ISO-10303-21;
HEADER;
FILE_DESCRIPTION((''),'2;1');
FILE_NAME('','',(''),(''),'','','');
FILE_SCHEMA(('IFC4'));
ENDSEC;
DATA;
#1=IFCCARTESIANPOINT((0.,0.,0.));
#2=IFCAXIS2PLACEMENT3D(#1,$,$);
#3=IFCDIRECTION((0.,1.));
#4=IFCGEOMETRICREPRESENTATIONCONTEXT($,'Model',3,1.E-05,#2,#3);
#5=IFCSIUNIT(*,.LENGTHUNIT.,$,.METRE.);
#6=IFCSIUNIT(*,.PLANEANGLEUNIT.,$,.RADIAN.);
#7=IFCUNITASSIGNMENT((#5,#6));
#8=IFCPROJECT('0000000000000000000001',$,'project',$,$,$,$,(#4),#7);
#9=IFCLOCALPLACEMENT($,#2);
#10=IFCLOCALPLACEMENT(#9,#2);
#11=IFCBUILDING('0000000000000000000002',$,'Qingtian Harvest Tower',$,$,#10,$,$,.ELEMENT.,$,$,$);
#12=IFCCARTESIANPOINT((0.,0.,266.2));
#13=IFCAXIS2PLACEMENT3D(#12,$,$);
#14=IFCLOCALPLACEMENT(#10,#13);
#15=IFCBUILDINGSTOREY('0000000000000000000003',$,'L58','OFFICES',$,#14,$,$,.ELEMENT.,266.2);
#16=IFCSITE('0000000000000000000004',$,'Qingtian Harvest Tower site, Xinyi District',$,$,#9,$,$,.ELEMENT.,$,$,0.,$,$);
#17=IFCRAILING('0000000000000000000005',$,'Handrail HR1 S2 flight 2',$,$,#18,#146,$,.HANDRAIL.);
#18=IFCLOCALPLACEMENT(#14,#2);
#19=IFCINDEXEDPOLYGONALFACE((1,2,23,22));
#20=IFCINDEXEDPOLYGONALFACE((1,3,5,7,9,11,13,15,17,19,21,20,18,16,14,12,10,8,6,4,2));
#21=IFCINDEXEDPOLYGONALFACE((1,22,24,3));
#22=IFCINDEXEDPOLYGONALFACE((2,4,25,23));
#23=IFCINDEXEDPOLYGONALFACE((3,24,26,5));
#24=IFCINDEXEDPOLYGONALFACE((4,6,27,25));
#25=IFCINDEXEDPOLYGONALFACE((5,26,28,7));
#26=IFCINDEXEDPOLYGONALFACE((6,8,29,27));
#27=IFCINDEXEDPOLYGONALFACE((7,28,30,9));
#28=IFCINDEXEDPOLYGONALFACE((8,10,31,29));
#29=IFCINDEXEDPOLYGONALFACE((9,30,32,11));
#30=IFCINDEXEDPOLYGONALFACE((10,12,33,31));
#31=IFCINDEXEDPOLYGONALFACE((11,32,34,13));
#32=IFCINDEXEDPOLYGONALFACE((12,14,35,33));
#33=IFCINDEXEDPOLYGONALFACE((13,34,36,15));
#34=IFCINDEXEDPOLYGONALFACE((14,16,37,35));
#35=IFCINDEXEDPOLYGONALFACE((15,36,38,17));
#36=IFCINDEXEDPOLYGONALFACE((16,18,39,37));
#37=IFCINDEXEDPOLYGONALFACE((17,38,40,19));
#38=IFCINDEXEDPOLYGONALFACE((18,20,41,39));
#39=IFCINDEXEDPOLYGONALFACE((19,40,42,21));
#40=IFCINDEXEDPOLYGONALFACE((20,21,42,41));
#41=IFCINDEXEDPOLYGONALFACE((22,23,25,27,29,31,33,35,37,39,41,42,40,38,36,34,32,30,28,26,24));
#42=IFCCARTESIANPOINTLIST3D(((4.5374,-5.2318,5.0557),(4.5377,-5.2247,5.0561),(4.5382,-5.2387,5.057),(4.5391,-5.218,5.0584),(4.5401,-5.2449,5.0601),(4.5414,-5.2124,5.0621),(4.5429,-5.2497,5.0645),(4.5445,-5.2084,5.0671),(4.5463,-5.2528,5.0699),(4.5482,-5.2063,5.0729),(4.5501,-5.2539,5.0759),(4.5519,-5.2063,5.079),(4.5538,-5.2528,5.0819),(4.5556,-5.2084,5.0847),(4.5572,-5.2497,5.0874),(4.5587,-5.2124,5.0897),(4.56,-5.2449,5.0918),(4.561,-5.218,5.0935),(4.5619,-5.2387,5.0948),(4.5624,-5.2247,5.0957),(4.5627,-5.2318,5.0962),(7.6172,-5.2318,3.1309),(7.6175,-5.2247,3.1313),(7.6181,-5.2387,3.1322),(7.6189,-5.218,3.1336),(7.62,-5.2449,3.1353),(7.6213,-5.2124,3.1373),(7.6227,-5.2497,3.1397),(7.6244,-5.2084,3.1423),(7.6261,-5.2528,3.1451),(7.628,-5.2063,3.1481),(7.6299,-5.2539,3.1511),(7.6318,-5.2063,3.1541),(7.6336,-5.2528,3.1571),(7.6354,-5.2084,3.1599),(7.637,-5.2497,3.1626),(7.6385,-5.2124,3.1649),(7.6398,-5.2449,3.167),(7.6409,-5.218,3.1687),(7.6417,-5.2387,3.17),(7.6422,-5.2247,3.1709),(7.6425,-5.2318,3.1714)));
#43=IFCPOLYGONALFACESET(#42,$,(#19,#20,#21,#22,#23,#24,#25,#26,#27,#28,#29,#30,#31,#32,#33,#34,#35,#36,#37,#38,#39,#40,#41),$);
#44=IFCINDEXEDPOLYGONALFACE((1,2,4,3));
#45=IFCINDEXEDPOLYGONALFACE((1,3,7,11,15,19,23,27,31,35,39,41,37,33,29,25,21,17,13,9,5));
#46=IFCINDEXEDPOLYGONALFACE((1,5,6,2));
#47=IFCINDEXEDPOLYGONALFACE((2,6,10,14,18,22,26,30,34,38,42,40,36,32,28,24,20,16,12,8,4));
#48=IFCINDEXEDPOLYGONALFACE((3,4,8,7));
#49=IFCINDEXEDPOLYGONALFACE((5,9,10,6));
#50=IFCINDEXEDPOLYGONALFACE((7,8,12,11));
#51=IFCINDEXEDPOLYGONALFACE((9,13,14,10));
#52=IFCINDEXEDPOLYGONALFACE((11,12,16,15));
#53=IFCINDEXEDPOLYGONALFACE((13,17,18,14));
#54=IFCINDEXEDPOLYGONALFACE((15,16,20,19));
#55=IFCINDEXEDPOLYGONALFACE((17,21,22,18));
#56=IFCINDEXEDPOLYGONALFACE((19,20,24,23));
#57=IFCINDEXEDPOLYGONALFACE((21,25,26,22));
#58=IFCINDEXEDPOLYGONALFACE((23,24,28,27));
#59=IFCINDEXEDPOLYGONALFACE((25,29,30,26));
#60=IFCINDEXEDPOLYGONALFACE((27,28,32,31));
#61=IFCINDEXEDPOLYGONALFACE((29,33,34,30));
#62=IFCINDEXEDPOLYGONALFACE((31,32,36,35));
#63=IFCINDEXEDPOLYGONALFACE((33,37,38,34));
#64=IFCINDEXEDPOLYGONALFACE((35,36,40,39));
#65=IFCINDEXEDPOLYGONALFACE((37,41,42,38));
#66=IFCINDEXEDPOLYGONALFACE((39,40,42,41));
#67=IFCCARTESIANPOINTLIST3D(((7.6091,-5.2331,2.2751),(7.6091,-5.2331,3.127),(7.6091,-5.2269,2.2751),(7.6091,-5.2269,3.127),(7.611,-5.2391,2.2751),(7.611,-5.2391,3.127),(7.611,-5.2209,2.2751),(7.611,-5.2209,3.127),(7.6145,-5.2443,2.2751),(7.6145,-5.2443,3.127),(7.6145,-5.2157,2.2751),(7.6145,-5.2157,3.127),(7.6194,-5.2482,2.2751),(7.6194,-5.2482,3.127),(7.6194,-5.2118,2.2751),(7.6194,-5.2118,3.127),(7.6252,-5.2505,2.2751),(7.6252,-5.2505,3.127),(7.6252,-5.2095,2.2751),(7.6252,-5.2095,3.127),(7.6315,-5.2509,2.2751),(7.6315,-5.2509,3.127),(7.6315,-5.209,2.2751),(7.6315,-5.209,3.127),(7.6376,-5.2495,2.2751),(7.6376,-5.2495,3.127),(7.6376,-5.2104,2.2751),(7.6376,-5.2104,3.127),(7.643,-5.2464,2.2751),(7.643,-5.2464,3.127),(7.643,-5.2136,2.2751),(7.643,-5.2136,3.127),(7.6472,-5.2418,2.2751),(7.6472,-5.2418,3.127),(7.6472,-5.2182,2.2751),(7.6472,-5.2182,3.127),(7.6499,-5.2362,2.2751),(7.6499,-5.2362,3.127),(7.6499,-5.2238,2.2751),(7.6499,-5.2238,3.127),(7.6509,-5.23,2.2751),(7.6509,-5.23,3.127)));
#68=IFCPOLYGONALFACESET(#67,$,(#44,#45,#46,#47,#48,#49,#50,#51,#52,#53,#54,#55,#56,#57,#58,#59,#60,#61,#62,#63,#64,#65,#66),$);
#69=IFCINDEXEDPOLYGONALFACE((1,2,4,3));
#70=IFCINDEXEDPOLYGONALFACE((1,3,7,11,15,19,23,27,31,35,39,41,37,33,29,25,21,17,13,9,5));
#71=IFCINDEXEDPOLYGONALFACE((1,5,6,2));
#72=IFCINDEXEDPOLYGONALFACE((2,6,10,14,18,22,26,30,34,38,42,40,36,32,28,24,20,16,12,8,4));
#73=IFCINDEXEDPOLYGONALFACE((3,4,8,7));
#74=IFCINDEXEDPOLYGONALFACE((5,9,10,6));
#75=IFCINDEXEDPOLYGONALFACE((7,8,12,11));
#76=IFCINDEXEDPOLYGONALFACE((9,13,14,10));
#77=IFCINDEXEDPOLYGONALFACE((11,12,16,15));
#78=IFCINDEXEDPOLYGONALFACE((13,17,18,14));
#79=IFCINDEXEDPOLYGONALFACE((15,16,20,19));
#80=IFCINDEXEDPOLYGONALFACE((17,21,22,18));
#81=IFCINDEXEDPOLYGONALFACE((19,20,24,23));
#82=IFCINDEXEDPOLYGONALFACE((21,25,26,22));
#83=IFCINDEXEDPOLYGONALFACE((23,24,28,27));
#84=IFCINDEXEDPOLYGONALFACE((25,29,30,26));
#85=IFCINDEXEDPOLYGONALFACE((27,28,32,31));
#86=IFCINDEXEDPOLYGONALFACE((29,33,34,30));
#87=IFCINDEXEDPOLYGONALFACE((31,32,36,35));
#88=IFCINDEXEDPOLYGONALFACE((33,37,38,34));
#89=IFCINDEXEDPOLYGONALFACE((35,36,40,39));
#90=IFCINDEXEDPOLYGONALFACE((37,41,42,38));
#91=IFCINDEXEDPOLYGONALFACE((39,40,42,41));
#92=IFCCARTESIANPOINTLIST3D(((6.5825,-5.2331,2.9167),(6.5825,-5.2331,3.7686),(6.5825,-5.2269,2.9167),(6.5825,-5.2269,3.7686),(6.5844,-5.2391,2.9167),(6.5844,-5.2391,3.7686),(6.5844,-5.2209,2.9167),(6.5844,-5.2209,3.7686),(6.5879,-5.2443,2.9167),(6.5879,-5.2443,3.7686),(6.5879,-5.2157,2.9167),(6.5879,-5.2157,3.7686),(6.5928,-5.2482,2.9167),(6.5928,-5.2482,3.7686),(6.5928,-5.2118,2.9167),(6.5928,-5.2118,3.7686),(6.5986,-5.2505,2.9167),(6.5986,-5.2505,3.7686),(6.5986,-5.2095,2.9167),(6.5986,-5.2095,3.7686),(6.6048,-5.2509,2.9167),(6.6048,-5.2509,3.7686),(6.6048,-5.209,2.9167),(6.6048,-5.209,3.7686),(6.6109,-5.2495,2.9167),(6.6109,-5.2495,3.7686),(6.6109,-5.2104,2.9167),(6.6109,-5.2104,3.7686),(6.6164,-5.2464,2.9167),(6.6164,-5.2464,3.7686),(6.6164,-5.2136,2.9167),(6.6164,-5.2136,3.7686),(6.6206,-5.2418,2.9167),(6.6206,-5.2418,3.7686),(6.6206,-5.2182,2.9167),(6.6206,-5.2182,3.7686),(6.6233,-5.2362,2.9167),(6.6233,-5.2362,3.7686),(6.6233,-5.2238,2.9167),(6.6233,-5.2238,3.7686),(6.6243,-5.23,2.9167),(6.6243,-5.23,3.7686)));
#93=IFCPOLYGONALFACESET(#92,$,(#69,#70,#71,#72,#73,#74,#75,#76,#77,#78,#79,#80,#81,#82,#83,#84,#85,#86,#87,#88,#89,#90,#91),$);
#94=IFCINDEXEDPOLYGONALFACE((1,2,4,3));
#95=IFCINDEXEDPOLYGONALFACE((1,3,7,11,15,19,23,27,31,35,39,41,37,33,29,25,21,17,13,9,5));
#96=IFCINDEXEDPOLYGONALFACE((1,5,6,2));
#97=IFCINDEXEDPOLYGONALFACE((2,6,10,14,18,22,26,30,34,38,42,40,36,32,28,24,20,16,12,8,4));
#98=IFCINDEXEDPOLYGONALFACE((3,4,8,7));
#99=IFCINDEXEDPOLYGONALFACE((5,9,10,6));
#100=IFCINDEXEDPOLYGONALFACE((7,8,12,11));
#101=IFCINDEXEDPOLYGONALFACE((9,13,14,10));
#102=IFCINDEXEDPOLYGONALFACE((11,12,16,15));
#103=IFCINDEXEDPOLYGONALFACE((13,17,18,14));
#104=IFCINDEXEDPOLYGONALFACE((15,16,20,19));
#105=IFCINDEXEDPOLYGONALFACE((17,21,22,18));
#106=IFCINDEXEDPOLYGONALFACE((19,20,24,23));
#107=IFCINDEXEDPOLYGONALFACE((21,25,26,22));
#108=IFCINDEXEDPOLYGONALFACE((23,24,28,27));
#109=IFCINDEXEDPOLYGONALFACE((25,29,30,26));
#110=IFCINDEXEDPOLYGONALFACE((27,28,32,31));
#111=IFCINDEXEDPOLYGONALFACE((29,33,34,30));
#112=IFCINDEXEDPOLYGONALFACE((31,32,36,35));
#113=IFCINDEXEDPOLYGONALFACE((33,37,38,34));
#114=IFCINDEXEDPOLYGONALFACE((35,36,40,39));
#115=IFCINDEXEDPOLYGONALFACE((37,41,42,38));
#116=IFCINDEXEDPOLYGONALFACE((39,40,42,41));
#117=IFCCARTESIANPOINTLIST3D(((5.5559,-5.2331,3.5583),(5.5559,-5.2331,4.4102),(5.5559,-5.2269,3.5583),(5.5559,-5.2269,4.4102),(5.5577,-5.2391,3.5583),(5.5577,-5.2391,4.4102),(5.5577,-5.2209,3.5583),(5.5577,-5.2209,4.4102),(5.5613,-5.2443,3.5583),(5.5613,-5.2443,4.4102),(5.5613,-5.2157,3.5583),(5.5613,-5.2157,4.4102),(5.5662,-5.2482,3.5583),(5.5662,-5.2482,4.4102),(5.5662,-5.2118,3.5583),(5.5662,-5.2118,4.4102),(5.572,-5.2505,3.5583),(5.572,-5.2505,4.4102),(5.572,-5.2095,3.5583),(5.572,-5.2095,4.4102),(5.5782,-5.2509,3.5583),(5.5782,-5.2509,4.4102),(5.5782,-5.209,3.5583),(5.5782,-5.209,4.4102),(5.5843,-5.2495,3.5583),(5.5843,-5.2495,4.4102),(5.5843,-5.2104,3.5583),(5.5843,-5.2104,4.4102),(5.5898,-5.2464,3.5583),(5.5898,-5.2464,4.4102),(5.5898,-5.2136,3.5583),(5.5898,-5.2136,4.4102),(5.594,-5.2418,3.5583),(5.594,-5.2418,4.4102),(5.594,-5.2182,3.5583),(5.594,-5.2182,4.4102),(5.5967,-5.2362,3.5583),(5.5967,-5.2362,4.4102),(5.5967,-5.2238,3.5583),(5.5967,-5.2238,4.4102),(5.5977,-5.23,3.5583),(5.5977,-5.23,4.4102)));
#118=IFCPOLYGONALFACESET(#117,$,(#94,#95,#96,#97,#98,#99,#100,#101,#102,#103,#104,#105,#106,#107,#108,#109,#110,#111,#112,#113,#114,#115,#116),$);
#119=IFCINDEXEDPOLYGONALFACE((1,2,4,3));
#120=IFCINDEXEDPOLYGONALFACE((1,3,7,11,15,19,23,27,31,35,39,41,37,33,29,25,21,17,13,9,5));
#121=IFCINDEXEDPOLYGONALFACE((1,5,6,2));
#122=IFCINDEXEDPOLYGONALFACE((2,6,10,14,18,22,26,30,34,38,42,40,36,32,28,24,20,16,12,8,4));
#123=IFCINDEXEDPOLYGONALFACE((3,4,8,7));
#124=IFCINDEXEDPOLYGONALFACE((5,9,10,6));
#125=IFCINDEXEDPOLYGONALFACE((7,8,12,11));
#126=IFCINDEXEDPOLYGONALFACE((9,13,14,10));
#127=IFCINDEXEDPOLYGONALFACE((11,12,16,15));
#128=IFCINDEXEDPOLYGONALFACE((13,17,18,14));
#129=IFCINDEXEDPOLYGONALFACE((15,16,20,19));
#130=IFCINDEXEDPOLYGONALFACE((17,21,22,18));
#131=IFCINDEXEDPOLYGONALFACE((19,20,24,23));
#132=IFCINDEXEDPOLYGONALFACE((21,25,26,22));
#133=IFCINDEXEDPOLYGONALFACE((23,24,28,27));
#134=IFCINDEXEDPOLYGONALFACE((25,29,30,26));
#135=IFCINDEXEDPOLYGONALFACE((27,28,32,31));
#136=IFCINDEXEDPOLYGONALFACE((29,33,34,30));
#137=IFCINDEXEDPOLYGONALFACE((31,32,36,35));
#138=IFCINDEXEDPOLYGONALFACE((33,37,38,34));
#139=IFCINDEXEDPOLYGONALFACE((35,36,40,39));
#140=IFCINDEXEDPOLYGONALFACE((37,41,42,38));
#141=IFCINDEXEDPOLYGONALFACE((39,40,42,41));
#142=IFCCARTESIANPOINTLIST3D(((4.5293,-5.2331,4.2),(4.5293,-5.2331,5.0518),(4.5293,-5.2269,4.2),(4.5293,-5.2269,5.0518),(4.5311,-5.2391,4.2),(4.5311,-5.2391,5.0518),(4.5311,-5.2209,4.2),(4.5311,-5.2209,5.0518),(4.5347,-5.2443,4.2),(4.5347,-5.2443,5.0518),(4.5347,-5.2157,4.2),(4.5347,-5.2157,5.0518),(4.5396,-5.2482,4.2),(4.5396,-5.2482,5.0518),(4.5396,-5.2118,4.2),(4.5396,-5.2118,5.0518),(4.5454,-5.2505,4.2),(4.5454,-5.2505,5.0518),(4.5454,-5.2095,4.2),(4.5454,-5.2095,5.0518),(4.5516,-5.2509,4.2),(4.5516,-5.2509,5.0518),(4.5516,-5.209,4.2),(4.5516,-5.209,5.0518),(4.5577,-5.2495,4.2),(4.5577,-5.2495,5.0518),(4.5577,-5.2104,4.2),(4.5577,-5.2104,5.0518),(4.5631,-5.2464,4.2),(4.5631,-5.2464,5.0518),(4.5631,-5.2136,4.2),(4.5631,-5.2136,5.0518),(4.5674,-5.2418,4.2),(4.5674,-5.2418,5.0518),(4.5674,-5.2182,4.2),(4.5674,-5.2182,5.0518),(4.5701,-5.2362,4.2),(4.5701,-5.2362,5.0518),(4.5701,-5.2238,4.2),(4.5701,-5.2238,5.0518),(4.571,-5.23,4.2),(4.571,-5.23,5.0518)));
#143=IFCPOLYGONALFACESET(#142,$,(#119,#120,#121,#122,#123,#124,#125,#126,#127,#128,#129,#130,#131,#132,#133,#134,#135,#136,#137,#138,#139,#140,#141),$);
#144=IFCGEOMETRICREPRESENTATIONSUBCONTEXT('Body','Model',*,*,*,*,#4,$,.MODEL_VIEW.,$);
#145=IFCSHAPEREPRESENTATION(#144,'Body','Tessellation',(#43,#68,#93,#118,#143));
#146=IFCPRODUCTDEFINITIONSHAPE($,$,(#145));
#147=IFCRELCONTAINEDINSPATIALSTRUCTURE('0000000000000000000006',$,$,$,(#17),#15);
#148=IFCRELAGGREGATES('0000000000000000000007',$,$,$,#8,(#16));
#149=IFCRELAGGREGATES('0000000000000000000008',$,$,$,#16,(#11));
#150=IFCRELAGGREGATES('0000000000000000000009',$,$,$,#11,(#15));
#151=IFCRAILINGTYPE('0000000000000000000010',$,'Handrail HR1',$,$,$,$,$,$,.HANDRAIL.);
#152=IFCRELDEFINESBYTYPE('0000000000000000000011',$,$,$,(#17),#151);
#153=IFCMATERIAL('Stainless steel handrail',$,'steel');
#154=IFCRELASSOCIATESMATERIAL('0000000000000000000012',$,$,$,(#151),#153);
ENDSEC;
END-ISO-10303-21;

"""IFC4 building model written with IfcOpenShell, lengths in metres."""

from ifc_helpers import new_model, si_unit, direction, frame, origin, origin_2d, place, context, subcontext, project, spatial, circle, extrude, material, type_object, element, save


model = new_model("IFC4")

# Units and contexts
model_context = context("Model", 3, precision=1e-05, world=origin(), true_north=direction((0.0, 1.0)))
body_context = subcontext(model_context, "Body", "Model", "MODEL_VIEW")
ifc_project = project(units=[si_unit("LENGTHUNIT", "METRE"), si_unit("PLANEANGLEUNIT", "RADIAN")], contexts=[model_context])

# Site, building, storey
site_placement = place(None, origin())
site = spatial("IfcSite", under=ifc_project, at=site_placement, Name="Qingtian Harvest Tower site, Xinyi District", CompositionType="ELEMENT", RefElevation=0.0)
building_placement = place(site_placement, origin())
building = spatial("IfcBuilding", under=site, at=building_placement, Name="Qingtian Harvest Tower", CompositionType="ELEMENT")
storey_placement = place(building_placement, frame((0.0, 0.0, 266.2)))
storey = spatial("IfcBuildingStorey", under=building, at=storey_placement, Name="L58", Description="OFFICES", CompositionType="ELEMENT", Elevation=266.2)

# Railing
ifc_material_1 = material(Name="Stainless steel handrail", Category="steel")
railing_type = type_object("IfcRailingType", Name="Handrail HR1", PredefinedType="HANDRAIL", material=ifc_material_1)
railing_1_placement = place(storey_placement, frame((7.6299, -5.23, 2.2751)))
element("IfcRailing", 1, at=railing_1_placement, inside=storey, type_object=railing_type, Name="Handrail HR1 S2 flight 2", PredefinedType="HANDRAIL", context=body_context, shape_type="SweptSolid", body=[
    extrude(circle(Radius=0.0239, at=origin_2d()), frame((0.0, 0.0, 0.876), z_axis=(-0.84801, 0.0, 0.529981), x_axis=(0.0, -1.0, 0.0)), (0.0, 0.0, 1.0), 3.6318),
    extrude(circle(Radius=0.021, at=origin_2d()), origin(), (0.0, 0.0, 1.0), 0.8518),
    extrude(circle(Radius=0.021, at=origin_2d()), frame((-1.0266, 0.0, 0.6416)), (0.0, 0.0, 1.0), 0.8518),
    extrude(circle(Radius=0.021, at=origin_2d()), frame((-2.0532, 0.0, 1.2832)), (0.0, 0.0, 1.0), 0.8518),
    extrude(circle(Radius=0.021, at=origin_2d()), frame((-3.0798, 0.0, 1.9248)), (0.0, 0.0, 1.0), 0.8518),
])

save(model, "model.ifc")
